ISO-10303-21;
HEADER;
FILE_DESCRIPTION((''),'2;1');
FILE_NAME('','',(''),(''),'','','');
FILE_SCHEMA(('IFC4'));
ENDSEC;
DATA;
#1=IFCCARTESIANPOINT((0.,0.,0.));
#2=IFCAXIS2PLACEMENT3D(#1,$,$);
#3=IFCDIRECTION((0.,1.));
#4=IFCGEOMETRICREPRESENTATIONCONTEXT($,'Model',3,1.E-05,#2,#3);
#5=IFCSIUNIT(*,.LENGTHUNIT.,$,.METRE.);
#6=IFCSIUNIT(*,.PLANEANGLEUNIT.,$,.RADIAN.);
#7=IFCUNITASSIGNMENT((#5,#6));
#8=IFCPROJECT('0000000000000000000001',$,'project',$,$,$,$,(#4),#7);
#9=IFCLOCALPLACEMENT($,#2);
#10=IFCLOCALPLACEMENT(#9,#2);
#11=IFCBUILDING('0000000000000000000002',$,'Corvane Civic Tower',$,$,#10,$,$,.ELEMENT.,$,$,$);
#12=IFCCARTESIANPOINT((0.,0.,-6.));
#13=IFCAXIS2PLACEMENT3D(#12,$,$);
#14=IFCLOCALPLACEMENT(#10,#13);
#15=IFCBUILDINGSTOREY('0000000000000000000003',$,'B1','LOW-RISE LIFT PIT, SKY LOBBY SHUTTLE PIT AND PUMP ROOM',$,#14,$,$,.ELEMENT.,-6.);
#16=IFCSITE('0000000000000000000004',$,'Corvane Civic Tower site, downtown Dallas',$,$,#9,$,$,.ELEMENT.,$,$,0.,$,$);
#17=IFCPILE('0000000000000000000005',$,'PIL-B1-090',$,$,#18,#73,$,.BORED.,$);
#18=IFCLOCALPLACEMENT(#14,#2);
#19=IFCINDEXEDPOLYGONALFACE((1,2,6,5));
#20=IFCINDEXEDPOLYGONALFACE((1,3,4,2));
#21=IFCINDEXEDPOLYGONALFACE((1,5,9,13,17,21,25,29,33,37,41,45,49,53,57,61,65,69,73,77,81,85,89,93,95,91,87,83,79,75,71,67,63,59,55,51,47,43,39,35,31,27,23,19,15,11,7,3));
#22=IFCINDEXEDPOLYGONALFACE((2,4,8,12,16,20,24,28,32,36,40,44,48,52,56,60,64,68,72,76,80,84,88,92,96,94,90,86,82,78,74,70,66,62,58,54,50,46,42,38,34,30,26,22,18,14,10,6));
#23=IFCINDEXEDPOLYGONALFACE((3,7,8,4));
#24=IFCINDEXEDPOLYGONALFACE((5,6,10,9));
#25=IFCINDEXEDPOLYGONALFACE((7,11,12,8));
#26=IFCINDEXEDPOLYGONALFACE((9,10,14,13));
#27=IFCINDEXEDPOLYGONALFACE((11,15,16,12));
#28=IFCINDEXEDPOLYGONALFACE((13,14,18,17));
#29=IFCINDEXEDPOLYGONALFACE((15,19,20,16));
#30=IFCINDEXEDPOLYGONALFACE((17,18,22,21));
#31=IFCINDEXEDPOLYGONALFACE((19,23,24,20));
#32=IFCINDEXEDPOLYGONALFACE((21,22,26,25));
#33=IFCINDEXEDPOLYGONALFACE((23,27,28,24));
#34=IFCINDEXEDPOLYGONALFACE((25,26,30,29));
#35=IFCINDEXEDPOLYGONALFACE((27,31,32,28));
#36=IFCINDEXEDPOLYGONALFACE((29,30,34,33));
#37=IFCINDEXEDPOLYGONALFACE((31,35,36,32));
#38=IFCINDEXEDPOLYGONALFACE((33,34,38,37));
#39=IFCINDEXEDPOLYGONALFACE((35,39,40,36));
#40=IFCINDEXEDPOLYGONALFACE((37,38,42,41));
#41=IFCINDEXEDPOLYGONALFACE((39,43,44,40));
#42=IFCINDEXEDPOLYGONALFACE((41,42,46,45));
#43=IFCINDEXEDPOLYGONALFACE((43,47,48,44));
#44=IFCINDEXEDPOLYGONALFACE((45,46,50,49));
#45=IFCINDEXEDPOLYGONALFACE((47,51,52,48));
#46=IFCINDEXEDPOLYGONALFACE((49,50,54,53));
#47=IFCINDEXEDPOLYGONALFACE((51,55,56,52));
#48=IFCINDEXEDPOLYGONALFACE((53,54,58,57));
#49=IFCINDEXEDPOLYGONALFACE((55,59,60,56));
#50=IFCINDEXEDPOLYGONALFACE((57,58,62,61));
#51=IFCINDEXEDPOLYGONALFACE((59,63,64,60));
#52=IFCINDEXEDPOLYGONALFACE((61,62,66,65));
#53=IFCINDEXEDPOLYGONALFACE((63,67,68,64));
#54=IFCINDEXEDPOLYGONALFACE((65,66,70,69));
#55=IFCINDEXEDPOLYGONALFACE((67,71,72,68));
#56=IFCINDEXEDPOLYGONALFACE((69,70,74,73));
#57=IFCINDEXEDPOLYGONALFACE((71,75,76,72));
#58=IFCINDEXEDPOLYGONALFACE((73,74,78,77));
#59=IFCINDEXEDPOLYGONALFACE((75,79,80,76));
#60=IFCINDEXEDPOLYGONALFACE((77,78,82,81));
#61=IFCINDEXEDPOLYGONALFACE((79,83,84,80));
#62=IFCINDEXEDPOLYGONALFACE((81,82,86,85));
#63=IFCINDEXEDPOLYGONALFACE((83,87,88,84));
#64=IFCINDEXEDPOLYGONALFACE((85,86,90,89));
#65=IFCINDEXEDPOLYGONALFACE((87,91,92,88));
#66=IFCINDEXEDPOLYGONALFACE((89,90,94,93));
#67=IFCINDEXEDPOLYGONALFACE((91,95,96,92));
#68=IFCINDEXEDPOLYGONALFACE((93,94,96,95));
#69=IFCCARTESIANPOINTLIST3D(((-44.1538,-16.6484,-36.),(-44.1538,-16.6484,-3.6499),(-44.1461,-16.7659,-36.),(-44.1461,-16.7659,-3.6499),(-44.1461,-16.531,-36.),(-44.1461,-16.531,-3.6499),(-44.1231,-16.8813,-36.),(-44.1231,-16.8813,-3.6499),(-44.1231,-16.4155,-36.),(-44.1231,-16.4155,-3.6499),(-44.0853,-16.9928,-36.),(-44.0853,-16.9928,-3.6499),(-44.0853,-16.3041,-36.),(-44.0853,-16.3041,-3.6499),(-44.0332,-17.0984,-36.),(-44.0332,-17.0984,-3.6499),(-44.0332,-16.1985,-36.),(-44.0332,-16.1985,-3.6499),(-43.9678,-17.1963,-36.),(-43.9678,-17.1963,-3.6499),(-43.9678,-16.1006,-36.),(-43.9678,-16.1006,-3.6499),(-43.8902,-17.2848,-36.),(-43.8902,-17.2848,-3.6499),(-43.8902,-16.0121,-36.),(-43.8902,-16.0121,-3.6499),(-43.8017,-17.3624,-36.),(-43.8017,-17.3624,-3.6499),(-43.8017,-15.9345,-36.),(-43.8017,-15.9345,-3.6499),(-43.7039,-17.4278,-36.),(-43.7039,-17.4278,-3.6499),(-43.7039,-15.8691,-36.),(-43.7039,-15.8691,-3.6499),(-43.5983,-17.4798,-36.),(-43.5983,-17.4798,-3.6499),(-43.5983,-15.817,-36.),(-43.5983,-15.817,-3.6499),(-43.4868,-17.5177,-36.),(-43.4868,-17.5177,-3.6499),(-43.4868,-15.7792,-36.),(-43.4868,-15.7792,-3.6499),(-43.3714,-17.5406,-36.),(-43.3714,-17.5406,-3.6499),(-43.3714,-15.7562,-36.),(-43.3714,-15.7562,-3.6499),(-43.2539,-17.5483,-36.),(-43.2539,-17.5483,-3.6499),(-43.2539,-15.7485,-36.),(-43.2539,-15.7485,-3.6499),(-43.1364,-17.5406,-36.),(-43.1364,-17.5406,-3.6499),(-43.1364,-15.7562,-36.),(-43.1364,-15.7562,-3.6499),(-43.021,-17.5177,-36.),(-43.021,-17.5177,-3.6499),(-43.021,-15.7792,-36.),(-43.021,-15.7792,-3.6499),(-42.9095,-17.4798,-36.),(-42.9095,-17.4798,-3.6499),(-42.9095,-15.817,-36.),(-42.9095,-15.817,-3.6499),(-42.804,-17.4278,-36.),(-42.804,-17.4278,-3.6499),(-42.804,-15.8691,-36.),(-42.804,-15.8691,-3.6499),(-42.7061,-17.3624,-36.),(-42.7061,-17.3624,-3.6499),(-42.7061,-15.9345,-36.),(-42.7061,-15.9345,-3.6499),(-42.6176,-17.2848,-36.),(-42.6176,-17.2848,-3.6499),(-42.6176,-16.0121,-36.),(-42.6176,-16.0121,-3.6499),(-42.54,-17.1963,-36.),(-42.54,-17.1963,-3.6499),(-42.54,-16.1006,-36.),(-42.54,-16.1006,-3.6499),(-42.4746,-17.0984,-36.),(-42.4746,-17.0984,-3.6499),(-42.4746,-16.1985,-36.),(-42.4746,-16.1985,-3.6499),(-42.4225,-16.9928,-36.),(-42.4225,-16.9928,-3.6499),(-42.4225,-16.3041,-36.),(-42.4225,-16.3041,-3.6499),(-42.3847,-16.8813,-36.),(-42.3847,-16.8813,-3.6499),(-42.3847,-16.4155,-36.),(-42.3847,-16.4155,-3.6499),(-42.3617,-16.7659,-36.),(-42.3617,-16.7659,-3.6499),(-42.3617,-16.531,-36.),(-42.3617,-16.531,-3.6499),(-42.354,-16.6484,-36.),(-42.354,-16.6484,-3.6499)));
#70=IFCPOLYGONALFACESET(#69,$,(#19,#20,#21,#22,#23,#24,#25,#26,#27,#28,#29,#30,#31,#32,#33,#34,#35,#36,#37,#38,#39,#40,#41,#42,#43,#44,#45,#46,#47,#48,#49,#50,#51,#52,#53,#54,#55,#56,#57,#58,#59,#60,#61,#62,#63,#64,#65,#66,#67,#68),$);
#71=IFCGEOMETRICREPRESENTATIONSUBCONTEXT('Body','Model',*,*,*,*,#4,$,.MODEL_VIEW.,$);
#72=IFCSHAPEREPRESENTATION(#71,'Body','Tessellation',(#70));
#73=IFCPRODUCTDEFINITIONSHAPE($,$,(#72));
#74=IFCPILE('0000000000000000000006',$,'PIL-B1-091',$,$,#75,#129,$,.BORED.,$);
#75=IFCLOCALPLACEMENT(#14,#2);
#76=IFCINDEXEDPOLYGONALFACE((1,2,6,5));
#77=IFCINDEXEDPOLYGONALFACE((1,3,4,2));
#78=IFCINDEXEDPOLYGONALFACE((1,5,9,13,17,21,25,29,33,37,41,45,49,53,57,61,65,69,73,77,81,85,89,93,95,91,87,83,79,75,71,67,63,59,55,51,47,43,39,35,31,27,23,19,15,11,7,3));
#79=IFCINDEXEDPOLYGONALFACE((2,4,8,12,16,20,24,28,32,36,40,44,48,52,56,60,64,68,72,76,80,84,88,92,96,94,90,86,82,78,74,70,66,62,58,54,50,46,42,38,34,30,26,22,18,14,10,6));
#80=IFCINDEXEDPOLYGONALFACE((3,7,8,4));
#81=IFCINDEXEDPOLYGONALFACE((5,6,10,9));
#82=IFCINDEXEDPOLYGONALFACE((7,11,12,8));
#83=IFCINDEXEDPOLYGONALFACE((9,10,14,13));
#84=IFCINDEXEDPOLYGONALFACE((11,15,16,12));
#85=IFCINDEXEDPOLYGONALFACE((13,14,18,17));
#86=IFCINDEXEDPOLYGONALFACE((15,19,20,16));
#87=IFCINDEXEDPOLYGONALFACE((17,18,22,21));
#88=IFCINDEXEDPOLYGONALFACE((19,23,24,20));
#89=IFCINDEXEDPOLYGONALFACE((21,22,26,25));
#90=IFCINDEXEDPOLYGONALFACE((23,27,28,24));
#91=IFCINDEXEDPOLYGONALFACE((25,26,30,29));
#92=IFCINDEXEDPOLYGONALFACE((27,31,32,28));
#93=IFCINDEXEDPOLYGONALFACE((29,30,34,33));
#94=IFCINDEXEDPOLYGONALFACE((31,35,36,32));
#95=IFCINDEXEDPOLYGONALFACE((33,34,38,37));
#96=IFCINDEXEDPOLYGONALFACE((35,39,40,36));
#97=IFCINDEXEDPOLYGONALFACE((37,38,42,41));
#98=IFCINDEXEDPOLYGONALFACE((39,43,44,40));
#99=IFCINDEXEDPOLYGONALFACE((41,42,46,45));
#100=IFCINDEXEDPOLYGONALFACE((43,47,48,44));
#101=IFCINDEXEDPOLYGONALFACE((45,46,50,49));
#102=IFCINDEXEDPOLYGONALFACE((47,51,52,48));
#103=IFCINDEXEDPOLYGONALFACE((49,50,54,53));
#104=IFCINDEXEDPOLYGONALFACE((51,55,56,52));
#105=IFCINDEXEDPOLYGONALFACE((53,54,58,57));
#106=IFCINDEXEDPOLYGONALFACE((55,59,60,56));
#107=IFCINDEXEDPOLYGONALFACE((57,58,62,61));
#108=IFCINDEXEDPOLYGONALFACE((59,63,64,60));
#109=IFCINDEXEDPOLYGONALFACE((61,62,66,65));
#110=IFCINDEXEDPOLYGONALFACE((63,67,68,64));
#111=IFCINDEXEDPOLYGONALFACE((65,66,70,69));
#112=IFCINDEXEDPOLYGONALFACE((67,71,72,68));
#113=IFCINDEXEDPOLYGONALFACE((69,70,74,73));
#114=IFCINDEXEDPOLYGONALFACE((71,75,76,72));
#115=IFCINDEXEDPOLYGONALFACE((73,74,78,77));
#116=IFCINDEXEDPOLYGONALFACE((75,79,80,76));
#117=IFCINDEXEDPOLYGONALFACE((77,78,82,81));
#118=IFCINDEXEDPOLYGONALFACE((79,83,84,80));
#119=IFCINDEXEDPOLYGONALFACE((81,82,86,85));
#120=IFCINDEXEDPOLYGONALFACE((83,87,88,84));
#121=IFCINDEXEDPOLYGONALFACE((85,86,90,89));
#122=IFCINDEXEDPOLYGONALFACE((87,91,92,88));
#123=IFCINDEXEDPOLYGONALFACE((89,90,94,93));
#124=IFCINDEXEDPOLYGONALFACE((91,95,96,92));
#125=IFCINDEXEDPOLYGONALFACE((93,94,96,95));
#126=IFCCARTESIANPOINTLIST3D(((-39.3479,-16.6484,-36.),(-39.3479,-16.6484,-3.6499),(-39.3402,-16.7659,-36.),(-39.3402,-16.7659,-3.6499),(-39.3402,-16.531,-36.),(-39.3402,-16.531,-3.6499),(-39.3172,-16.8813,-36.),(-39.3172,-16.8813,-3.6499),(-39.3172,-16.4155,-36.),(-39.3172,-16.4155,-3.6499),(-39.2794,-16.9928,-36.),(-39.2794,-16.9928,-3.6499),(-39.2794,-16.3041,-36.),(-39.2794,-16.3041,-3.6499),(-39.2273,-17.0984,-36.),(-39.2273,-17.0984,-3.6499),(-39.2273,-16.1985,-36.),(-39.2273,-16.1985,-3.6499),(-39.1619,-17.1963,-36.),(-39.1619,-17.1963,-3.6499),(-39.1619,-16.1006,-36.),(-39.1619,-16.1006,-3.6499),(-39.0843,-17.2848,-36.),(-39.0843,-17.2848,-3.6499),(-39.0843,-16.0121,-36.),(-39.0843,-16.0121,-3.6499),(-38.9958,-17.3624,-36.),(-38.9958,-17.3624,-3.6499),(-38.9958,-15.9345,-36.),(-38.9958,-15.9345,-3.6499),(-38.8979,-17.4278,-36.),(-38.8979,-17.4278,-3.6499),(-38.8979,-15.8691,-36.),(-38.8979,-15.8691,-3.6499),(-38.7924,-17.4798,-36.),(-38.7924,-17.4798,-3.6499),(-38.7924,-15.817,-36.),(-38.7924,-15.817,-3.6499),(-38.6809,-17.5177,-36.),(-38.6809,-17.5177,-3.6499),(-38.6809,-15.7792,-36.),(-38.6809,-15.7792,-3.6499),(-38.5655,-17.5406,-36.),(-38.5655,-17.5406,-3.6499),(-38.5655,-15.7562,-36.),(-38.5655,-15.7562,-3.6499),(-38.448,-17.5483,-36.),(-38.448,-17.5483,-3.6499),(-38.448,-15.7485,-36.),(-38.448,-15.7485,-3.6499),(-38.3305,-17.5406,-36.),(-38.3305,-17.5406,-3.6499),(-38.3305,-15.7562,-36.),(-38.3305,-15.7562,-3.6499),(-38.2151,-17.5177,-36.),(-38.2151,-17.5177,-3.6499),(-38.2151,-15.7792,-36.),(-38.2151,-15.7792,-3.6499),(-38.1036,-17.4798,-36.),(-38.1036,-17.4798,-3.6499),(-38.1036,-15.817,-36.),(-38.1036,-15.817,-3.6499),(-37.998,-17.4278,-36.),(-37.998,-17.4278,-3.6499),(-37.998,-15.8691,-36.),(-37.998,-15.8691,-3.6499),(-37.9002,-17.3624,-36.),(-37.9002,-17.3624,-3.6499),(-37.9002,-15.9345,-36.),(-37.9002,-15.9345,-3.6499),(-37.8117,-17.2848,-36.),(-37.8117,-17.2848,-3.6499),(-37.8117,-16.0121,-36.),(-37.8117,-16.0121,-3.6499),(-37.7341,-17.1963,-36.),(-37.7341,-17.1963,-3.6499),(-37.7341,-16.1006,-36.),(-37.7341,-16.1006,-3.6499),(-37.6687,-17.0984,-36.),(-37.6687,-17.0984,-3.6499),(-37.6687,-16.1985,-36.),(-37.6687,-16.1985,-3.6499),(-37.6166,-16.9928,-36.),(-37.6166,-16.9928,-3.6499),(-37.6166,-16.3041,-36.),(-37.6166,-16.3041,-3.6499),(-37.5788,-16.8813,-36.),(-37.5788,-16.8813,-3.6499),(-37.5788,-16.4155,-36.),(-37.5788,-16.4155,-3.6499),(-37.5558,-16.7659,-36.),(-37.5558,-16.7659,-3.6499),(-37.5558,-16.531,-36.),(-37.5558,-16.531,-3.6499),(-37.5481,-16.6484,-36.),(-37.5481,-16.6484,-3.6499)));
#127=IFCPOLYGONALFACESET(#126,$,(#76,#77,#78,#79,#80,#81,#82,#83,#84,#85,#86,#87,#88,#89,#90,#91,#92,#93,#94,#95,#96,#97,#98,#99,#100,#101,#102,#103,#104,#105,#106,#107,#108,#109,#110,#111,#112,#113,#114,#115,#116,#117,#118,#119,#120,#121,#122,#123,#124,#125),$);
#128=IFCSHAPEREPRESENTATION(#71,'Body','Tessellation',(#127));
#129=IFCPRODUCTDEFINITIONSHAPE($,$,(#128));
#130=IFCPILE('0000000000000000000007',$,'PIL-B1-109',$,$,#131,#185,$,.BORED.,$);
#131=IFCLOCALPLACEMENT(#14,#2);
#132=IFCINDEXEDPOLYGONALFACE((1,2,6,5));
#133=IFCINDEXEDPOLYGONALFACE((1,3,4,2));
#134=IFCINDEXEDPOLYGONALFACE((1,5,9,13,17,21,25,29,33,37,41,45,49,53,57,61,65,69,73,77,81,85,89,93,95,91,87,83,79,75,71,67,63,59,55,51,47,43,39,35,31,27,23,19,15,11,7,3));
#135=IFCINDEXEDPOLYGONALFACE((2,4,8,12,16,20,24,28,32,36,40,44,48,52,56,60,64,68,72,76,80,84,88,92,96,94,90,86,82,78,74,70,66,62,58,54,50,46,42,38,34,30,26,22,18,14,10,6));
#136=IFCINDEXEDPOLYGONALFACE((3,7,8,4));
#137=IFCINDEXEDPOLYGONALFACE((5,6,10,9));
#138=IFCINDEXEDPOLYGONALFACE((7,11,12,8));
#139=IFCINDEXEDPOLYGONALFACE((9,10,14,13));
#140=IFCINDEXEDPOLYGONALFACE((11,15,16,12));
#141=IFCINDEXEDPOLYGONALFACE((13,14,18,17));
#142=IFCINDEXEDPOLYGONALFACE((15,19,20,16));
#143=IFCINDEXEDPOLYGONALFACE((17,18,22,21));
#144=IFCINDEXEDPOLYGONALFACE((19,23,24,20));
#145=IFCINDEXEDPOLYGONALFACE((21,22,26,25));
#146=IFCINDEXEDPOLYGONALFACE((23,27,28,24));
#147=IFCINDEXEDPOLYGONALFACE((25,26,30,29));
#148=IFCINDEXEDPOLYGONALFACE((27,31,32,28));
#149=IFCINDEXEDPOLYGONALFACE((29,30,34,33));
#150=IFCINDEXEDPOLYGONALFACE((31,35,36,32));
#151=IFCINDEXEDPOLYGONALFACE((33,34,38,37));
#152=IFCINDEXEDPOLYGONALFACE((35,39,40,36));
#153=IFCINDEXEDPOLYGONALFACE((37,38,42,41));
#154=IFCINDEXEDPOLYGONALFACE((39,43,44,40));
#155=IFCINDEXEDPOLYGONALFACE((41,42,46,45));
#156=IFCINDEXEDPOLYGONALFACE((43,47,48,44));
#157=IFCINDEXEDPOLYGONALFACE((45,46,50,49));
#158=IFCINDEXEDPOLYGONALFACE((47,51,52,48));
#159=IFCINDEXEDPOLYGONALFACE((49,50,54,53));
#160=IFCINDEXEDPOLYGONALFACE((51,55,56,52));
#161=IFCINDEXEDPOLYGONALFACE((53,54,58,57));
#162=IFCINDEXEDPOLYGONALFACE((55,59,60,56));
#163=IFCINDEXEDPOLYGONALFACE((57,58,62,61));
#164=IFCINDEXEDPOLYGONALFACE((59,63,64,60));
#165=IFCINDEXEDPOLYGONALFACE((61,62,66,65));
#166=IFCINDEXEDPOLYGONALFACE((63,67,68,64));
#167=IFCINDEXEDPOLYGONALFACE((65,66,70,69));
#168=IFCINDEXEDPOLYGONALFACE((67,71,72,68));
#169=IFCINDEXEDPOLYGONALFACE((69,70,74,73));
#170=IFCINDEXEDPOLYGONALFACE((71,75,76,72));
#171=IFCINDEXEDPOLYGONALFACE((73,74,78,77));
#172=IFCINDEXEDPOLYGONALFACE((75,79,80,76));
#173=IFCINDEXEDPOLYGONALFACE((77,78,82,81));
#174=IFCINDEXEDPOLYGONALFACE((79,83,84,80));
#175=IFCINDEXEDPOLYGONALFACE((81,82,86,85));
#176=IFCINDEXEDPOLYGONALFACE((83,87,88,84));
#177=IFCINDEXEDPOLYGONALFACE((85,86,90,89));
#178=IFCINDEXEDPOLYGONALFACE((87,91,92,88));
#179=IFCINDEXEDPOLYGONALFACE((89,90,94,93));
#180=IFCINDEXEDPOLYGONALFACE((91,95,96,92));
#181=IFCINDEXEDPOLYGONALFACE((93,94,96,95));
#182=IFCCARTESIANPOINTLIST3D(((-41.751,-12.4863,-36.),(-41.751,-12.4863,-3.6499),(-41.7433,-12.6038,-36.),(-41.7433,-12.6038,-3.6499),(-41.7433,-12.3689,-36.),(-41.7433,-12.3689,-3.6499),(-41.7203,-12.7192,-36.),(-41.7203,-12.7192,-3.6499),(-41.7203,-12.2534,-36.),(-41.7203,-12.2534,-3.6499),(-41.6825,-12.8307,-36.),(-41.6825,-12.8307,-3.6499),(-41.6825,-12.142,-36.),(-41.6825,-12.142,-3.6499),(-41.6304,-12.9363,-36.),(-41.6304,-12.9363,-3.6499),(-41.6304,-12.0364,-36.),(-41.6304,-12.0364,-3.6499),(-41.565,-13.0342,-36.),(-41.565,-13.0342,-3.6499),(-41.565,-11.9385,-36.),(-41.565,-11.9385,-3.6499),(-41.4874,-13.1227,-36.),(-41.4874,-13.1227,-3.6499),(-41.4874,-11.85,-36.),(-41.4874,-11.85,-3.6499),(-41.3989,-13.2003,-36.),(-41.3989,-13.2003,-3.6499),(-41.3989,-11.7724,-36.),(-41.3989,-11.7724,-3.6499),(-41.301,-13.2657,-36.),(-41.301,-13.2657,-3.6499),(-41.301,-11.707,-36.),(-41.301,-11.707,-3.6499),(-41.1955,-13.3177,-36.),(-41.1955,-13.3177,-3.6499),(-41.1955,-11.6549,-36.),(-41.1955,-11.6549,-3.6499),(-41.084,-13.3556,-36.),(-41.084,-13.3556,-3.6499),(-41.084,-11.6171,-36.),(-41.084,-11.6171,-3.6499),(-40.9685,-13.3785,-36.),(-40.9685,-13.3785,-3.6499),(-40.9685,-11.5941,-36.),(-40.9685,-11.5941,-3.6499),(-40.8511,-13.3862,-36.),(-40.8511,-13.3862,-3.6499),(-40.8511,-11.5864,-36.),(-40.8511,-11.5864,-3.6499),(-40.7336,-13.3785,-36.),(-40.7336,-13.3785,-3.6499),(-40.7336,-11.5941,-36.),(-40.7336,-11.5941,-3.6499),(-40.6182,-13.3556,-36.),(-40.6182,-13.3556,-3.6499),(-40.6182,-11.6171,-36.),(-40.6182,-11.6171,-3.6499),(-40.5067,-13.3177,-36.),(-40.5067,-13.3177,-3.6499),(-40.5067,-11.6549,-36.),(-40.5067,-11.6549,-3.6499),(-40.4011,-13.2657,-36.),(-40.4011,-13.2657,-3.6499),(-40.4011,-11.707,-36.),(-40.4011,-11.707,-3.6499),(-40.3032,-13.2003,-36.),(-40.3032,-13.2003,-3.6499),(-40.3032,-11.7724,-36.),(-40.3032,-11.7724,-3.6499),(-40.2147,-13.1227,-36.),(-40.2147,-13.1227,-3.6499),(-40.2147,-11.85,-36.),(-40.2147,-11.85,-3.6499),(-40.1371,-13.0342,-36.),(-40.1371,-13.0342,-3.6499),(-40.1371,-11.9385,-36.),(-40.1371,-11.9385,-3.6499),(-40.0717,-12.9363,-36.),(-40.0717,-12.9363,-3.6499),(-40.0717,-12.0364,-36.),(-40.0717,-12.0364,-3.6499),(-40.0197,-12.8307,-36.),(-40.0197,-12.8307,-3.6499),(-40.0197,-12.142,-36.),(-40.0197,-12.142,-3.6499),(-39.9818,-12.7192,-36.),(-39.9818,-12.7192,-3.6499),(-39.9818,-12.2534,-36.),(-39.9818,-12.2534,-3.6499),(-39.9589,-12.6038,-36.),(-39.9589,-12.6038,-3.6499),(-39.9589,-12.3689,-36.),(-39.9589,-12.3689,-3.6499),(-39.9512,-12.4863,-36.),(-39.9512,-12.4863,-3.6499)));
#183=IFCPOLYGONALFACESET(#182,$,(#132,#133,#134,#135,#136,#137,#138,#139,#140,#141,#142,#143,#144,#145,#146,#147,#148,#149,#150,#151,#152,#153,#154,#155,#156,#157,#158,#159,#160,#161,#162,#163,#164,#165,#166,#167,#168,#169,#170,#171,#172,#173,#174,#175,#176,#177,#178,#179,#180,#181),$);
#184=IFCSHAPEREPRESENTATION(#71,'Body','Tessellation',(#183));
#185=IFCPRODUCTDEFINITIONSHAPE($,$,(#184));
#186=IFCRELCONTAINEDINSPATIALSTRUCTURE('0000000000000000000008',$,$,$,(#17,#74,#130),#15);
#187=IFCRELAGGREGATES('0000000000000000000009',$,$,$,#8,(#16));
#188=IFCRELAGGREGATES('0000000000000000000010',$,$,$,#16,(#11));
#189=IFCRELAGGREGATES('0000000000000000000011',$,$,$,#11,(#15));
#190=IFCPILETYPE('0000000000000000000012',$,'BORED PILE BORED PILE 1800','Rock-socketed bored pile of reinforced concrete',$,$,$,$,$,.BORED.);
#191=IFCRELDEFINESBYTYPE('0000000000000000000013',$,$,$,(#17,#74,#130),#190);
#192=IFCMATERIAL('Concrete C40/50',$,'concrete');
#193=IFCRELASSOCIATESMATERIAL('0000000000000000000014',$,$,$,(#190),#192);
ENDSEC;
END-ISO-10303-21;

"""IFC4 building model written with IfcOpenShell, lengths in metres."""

from ifc_helpers import new_model, si_unit, direction, frame, origin, origin_2d, place, context, subcontext, project, spatial, circle, extrude, material, material_profile, profile_set, type_object, element, save


model = new_model("IFC4")

# Units and contexts
model_context = context("Model", 3, precision=1e-05, world=origin(), true_north=direction((0.0, 1.0)))
body_context = subcontext(model_context, "Body", "Model", "MODEL_VIEW")
ifc_project = project(units=[si_unit("LENGTHUNIT", "METRE"), si_unit("PLANEANGLEUNIT", "RADIAN")], contexts=[model_context])

# Site, building, storey
site_placement = place(None, origin())
site = spatial("IfcSite", under=ifc_project, at=site_placement, Name="Corvane Civic Tower site, downtown Dallas", CompositionType="ELEMENT", RefElevation=0.0)
building_placement = place(site_placement, origin())
building = spatial("IfcBuilding", under=site, at=building_placement, Name="Corvane Civic Tower", CompositionType="ELEMENT")
storey_placement = place(building_placement, frame((0.0, 0.0, -6.0)))
storey = spatial("IfcBuildingStorey", under=building, at=storey_placement, Name="B1", Description="LOW-RISE LIFT PIT, SKY LOBBY SHUTTLE PIT AND PUMP ROOM", CompositionType="ELEMENT", Elevation=-6.0)

# Piles
ifc_material_1 = material(Name="Concrete C40/50", Category="concrete")
ifc_material_profile_1 = material_profile(ifc_material_1, circle(Radius=0.8999, at=origin_2d()), Name="BORED PILE 1800")
ifc_profile_set_1 = profile_set([ifc_material_profile_1], Name="Concrete C40/50")
pile_type_1 = type_object("IfcPileType", Name="BORED PILE BORED PILE 1800", Description="Rock-socketed bored pile of reinforced concrete", PredefinedType="BORED", material=ifc_profile_set_1)
for number, where, z_axis, x_axis, name in (
    (1, (-43.2539, -16.6484, -3.6499), (0.0, 0.0, -1.0), (1.0, 0.0, 0.0), "PIL-B1-090"),
    (2, (-38.448, -16.6484, -3.6499), (0.0, 0.0, -1.0), (1.0, 0.0, 0.0), "PIL-B1-091"),
    (3, (-40.8511, -12.4863, -3.6499), (0.0, 0.0, -1.0), (1.0, 0.0, 0.0), "PIL-B1-109"),
):
    element("IfcPile", number, at=place(storey_placement, frame(where, z_axis=z_axis, x_axis=x_axis)), inside=storey, type_object=pile_type_1, Name=name, PredefinedType="BORED", context=body_context, shape_type="SweptSolid", body=[
        extrude(circle(Radius=0.8999, at=origin_2d()), origin(), (0.0, 0.0, 1.0), 32.3501),
    ])

save(model, "model.ifc")
